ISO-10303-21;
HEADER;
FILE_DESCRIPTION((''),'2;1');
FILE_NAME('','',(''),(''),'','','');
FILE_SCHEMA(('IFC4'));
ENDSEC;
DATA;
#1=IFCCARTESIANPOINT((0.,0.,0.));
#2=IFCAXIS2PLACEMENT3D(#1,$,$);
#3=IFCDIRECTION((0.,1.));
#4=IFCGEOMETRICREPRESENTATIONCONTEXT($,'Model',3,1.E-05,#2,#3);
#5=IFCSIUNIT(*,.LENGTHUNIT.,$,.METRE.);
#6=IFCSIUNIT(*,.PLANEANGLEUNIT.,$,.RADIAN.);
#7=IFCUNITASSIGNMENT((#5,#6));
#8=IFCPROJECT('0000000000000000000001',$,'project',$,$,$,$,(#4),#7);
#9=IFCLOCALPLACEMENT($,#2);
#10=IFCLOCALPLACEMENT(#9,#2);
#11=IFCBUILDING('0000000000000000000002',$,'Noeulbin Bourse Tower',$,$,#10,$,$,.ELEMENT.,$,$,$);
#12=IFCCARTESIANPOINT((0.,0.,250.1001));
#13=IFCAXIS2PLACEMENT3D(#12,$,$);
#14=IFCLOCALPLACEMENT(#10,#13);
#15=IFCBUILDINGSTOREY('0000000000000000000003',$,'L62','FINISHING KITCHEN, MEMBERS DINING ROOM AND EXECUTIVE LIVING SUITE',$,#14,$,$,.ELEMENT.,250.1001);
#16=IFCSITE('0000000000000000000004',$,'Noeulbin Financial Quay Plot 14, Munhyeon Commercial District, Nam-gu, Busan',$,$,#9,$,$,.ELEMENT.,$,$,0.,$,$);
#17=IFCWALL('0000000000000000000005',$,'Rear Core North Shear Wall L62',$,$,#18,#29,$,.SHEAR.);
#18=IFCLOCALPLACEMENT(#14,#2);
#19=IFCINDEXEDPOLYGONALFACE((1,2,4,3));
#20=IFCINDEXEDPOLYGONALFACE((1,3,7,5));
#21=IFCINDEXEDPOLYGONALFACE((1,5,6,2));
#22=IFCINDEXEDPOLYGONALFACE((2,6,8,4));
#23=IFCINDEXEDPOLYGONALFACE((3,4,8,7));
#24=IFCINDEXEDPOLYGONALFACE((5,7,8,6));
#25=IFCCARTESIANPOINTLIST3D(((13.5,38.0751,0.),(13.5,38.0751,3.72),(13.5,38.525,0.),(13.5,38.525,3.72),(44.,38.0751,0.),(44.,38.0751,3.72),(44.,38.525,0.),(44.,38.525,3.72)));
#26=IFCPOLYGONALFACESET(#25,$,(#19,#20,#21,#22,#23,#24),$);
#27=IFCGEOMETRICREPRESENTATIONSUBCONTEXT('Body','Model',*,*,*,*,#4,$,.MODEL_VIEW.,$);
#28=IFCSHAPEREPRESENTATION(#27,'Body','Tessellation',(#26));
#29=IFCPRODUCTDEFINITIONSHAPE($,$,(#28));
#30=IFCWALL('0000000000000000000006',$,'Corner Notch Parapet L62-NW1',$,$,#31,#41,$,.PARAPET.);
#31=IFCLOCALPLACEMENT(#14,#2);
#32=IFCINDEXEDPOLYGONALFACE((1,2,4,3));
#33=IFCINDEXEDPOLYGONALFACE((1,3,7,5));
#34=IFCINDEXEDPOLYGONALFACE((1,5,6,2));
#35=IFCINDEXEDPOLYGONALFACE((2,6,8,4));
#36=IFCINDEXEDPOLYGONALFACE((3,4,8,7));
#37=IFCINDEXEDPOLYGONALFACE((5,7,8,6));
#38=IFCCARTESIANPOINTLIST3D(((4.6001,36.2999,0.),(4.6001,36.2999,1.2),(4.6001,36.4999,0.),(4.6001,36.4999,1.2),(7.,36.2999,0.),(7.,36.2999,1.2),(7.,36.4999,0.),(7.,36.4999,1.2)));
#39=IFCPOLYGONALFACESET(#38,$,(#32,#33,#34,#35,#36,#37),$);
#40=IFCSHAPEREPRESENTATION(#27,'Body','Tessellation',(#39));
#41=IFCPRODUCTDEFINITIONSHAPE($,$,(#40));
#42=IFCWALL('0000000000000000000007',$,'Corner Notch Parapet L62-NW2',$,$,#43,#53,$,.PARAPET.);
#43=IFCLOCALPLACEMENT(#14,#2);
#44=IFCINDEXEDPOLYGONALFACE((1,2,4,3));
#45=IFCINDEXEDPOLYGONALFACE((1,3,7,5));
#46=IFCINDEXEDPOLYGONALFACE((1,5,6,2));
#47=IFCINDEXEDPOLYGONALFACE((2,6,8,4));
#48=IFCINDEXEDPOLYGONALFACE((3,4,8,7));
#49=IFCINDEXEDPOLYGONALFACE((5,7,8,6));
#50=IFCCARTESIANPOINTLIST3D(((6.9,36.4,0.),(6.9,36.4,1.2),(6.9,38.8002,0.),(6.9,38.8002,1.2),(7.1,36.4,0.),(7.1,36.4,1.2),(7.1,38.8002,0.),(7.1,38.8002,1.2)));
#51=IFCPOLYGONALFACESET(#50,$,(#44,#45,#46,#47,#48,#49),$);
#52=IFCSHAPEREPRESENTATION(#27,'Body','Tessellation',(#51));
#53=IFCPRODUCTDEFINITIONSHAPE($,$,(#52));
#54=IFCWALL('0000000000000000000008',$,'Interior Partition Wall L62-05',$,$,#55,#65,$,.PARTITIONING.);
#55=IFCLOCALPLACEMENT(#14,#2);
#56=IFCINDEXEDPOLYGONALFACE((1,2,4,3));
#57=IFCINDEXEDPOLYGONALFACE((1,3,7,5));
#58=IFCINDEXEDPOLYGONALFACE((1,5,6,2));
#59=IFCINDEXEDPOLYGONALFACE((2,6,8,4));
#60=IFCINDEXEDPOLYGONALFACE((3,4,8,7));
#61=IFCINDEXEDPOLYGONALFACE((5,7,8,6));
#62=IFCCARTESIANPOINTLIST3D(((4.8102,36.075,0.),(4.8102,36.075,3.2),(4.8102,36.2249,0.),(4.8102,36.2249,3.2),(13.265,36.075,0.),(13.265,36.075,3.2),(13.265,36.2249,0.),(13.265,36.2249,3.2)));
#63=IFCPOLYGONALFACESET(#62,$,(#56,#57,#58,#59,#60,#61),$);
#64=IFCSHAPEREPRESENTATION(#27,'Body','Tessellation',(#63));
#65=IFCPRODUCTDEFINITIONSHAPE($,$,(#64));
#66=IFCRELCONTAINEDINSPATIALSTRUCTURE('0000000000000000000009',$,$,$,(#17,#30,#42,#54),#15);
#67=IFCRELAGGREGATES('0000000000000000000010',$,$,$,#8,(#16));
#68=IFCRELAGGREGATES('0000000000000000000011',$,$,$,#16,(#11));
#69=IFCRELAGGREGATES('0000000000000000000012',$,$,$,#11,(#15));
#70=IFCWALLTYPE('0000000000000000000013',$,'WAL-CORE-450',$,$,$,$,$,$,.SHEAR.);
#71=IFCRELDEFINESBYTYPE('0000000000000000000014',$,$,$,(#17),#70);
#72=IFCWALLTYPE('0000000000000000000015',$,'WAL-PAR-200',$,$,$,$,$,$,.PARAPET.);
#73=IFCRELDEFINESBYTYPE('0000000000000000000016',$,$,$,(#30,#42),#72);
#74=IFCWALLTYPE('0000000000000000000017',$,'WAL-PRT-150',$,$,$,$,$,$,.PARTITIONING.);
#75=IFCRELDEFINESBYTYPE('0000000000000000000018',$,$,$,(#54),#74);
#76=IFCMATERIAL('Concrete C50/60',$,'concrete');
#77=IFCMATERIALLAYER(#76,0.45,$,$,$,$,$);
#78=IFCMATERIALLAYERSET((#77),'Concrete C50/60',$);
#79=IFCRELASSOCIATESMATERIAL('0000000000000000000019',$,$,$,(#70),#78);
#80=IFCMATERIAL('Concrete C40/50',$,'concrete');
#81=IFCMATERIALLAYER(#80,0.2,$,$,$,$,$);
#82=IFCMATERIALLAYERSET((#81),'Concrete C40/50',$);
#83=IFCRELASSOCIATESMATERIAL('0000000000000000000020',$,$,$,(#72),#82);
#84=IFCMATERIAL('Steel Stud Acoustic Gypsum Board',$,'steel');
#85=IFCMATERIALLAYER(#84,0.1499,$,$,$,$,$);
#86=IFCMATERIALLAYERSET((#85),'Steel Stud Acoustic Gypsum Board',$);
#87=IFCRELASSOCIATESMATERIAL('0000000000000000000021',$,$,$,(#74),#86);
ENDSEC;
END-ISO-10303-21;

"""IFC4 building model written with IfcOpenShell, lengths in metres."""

from ifc_helpers import new_model, si_unit, direction, frame, frame_2d, origin, place, context, subcontext, project, spatial, rectangle, extrude, material, layer, layer_set, type_object, element, save


model = new_model("IFC4")

# Units and contexts
model_context = context("Model", 3, precision=1e-05, world=origin(), true_north=direction((0.0, 1.0)))
body_context = subcontext(model_context, "Body", "Model", "MODEL_VIEW")
ifc_project = project(units=[si_unit("LENGTHUNIT", "METRE"), si_unit("PLANEANGLEUNIT", "RADIAN")], contexts=[model_context])

# Site, building, storey
site_placement = place(None, origin())
site = spatial("IfcSite", under=ifc_project, at=site_placement, Name="Noeulbin Financial Quay Plot 14, Munhyeon Commercial District, Nam-gu, Busan", CompositionType="ELEMENT", RefElevation=0.0)
building_placement = place(site_placement, origin())
building = spatial("IfcBuilding", under=site, at=building_placement, Name="Noeulbin Bourse Tower", CompositionType="ELEMENT")
storey_placement = place(building_placement, frame((0.0, 0.0, 250.1001)))
storey = spatial("IfcBuildingStorey", under=building, at=storey_placement, Name="L62", Description="FINISHING KITCHEN, MEMBERS DINING ROOM AND EXECUTIVE LIVING SUITE", CompositionType="ELEMENT", Elevation=250.1001)

# Walls
ifc_material_1 = material(Name="Concrete C50/60", Category="concrete")
ifc_layer_1 = layer(ifc_material_1, 0.45)
ifc_layer_set_1 = layer_set([ifc_layer_1], Name="Concrete C50/60")
wall_type_1 = type_object("IfcWallType", Name="WAL-CORE-450", PredefinedType="SHEAR", material=ifc_layer_set_1)
wall_1_placement = place(storey_placement, frame((13.5, 38.3, 0.0), z_axis=(0.0, 0.0, 1.0), x_axis=(1.0, 0.0, 0.0)))
element("IfcWall", 1, at=wall_1_placement, inside=storey, type_object=wall_type_1, Name="Rear Core North Shear Wall L62", PredefinedType="SHEAR", context=body_context, shape_type="SweptSolid", body=[
    extrude(rectangle(XDim=30.5, YDim=0.45, at=frame_2d((15.25, 0.0))), origin(), (0.0, 0.0, 1.0), 3.72),
])
ifc_material_2 = material(Name="Concrete C40/50", Category="concrete")
ifc_layer_2 = layer(ifc_material_2, 0.2)
ifc_layer_set_2 = layer_set([ifc_layer_2], Name="Concrete C40/50")
wall_type_2 = type_object("IfcWallType", Name="WAL-PAR-200", PredefinedType="PARAPET", material=ifc_layer_set_2)
wall_2_placement = place(storey_placement, frame((4.6001, 36.3999, 0.0), z_axis=(0.0, 0.0, 1.0), x_axis=(1.0, 0.0, 0.0)))
element("IfcWall", 2, at=wall_2_placement, inside=storey, type_object=wall_type_2, Name="Corner Notch Parapet L62-NW1", PredefinedType="PARAPET", context=body_context, shape_type="SweptSolid", body=[
    extrude(rectangle(XDim=2.3999, YDim=0.2, at=frame_2d((1.2, 0.0))), origin(), (0.0, 0.0, 1.0), 1.2),
])
wall_3_placement = place(storey_placement, frame((7.0, 36.3999, 0.0), z_axis=(0.0, 0.0, 1.0), x_axis=(0.0, 1.0, 0.0)))
element("IfcWall", 3, at=wall_3_placement, inside=storey, type_object=wall_type_2, Name="Corner Notch Parapet L62-NW2", PredefinedType="PARAPET", context=body_context, shape_type="SweptSolid", body=[
    extrude(rectangle(XDim=2.4001, YDim=0.2, at=frame_2d((1.2002, 0.0))), origin(), (0.0, 0.0, 1.0), 1.2),
])
ifc_material_3 = material(Name="Steel Stud Acoustic Gypsum Board", Category="steel")
ifc_layer_3 = layer(ifc_material_3, 0.1499)
ifc_layer_set_3 = layer_set([ifc_layer_3], Name="Steel Stud Acoustic Gypsum Board")
wall_type_3 = type_object("IfcWallType", Name="WAL-PRT-150", PredefinedType="PARTITIONING", material=ifc_layer_set_3)
wall_4_placement = place(storey_placement, frame((4.8101, 36.1499, 0.0), z_axis=(0.0, 0.0, 1.0), x_axis=(1.0, 0.0, 0.0)))
element("IfcWall", 4, at=wall_4_placement, inside=storey, type_object=wall_type_3, Name="Interior Partition Wall L62-05", PredefinedType="PARTITIONING", context=body_context, shape_type="SweptSolid", body=[
    extrude(rectangle(XDim=8.4548, YDim=0.1499, at=frame_2d((4.2275, 0.0))), origin(), (0.0, 0.0, 1.0), 3.2),
])

save(model, "model.ifc")
